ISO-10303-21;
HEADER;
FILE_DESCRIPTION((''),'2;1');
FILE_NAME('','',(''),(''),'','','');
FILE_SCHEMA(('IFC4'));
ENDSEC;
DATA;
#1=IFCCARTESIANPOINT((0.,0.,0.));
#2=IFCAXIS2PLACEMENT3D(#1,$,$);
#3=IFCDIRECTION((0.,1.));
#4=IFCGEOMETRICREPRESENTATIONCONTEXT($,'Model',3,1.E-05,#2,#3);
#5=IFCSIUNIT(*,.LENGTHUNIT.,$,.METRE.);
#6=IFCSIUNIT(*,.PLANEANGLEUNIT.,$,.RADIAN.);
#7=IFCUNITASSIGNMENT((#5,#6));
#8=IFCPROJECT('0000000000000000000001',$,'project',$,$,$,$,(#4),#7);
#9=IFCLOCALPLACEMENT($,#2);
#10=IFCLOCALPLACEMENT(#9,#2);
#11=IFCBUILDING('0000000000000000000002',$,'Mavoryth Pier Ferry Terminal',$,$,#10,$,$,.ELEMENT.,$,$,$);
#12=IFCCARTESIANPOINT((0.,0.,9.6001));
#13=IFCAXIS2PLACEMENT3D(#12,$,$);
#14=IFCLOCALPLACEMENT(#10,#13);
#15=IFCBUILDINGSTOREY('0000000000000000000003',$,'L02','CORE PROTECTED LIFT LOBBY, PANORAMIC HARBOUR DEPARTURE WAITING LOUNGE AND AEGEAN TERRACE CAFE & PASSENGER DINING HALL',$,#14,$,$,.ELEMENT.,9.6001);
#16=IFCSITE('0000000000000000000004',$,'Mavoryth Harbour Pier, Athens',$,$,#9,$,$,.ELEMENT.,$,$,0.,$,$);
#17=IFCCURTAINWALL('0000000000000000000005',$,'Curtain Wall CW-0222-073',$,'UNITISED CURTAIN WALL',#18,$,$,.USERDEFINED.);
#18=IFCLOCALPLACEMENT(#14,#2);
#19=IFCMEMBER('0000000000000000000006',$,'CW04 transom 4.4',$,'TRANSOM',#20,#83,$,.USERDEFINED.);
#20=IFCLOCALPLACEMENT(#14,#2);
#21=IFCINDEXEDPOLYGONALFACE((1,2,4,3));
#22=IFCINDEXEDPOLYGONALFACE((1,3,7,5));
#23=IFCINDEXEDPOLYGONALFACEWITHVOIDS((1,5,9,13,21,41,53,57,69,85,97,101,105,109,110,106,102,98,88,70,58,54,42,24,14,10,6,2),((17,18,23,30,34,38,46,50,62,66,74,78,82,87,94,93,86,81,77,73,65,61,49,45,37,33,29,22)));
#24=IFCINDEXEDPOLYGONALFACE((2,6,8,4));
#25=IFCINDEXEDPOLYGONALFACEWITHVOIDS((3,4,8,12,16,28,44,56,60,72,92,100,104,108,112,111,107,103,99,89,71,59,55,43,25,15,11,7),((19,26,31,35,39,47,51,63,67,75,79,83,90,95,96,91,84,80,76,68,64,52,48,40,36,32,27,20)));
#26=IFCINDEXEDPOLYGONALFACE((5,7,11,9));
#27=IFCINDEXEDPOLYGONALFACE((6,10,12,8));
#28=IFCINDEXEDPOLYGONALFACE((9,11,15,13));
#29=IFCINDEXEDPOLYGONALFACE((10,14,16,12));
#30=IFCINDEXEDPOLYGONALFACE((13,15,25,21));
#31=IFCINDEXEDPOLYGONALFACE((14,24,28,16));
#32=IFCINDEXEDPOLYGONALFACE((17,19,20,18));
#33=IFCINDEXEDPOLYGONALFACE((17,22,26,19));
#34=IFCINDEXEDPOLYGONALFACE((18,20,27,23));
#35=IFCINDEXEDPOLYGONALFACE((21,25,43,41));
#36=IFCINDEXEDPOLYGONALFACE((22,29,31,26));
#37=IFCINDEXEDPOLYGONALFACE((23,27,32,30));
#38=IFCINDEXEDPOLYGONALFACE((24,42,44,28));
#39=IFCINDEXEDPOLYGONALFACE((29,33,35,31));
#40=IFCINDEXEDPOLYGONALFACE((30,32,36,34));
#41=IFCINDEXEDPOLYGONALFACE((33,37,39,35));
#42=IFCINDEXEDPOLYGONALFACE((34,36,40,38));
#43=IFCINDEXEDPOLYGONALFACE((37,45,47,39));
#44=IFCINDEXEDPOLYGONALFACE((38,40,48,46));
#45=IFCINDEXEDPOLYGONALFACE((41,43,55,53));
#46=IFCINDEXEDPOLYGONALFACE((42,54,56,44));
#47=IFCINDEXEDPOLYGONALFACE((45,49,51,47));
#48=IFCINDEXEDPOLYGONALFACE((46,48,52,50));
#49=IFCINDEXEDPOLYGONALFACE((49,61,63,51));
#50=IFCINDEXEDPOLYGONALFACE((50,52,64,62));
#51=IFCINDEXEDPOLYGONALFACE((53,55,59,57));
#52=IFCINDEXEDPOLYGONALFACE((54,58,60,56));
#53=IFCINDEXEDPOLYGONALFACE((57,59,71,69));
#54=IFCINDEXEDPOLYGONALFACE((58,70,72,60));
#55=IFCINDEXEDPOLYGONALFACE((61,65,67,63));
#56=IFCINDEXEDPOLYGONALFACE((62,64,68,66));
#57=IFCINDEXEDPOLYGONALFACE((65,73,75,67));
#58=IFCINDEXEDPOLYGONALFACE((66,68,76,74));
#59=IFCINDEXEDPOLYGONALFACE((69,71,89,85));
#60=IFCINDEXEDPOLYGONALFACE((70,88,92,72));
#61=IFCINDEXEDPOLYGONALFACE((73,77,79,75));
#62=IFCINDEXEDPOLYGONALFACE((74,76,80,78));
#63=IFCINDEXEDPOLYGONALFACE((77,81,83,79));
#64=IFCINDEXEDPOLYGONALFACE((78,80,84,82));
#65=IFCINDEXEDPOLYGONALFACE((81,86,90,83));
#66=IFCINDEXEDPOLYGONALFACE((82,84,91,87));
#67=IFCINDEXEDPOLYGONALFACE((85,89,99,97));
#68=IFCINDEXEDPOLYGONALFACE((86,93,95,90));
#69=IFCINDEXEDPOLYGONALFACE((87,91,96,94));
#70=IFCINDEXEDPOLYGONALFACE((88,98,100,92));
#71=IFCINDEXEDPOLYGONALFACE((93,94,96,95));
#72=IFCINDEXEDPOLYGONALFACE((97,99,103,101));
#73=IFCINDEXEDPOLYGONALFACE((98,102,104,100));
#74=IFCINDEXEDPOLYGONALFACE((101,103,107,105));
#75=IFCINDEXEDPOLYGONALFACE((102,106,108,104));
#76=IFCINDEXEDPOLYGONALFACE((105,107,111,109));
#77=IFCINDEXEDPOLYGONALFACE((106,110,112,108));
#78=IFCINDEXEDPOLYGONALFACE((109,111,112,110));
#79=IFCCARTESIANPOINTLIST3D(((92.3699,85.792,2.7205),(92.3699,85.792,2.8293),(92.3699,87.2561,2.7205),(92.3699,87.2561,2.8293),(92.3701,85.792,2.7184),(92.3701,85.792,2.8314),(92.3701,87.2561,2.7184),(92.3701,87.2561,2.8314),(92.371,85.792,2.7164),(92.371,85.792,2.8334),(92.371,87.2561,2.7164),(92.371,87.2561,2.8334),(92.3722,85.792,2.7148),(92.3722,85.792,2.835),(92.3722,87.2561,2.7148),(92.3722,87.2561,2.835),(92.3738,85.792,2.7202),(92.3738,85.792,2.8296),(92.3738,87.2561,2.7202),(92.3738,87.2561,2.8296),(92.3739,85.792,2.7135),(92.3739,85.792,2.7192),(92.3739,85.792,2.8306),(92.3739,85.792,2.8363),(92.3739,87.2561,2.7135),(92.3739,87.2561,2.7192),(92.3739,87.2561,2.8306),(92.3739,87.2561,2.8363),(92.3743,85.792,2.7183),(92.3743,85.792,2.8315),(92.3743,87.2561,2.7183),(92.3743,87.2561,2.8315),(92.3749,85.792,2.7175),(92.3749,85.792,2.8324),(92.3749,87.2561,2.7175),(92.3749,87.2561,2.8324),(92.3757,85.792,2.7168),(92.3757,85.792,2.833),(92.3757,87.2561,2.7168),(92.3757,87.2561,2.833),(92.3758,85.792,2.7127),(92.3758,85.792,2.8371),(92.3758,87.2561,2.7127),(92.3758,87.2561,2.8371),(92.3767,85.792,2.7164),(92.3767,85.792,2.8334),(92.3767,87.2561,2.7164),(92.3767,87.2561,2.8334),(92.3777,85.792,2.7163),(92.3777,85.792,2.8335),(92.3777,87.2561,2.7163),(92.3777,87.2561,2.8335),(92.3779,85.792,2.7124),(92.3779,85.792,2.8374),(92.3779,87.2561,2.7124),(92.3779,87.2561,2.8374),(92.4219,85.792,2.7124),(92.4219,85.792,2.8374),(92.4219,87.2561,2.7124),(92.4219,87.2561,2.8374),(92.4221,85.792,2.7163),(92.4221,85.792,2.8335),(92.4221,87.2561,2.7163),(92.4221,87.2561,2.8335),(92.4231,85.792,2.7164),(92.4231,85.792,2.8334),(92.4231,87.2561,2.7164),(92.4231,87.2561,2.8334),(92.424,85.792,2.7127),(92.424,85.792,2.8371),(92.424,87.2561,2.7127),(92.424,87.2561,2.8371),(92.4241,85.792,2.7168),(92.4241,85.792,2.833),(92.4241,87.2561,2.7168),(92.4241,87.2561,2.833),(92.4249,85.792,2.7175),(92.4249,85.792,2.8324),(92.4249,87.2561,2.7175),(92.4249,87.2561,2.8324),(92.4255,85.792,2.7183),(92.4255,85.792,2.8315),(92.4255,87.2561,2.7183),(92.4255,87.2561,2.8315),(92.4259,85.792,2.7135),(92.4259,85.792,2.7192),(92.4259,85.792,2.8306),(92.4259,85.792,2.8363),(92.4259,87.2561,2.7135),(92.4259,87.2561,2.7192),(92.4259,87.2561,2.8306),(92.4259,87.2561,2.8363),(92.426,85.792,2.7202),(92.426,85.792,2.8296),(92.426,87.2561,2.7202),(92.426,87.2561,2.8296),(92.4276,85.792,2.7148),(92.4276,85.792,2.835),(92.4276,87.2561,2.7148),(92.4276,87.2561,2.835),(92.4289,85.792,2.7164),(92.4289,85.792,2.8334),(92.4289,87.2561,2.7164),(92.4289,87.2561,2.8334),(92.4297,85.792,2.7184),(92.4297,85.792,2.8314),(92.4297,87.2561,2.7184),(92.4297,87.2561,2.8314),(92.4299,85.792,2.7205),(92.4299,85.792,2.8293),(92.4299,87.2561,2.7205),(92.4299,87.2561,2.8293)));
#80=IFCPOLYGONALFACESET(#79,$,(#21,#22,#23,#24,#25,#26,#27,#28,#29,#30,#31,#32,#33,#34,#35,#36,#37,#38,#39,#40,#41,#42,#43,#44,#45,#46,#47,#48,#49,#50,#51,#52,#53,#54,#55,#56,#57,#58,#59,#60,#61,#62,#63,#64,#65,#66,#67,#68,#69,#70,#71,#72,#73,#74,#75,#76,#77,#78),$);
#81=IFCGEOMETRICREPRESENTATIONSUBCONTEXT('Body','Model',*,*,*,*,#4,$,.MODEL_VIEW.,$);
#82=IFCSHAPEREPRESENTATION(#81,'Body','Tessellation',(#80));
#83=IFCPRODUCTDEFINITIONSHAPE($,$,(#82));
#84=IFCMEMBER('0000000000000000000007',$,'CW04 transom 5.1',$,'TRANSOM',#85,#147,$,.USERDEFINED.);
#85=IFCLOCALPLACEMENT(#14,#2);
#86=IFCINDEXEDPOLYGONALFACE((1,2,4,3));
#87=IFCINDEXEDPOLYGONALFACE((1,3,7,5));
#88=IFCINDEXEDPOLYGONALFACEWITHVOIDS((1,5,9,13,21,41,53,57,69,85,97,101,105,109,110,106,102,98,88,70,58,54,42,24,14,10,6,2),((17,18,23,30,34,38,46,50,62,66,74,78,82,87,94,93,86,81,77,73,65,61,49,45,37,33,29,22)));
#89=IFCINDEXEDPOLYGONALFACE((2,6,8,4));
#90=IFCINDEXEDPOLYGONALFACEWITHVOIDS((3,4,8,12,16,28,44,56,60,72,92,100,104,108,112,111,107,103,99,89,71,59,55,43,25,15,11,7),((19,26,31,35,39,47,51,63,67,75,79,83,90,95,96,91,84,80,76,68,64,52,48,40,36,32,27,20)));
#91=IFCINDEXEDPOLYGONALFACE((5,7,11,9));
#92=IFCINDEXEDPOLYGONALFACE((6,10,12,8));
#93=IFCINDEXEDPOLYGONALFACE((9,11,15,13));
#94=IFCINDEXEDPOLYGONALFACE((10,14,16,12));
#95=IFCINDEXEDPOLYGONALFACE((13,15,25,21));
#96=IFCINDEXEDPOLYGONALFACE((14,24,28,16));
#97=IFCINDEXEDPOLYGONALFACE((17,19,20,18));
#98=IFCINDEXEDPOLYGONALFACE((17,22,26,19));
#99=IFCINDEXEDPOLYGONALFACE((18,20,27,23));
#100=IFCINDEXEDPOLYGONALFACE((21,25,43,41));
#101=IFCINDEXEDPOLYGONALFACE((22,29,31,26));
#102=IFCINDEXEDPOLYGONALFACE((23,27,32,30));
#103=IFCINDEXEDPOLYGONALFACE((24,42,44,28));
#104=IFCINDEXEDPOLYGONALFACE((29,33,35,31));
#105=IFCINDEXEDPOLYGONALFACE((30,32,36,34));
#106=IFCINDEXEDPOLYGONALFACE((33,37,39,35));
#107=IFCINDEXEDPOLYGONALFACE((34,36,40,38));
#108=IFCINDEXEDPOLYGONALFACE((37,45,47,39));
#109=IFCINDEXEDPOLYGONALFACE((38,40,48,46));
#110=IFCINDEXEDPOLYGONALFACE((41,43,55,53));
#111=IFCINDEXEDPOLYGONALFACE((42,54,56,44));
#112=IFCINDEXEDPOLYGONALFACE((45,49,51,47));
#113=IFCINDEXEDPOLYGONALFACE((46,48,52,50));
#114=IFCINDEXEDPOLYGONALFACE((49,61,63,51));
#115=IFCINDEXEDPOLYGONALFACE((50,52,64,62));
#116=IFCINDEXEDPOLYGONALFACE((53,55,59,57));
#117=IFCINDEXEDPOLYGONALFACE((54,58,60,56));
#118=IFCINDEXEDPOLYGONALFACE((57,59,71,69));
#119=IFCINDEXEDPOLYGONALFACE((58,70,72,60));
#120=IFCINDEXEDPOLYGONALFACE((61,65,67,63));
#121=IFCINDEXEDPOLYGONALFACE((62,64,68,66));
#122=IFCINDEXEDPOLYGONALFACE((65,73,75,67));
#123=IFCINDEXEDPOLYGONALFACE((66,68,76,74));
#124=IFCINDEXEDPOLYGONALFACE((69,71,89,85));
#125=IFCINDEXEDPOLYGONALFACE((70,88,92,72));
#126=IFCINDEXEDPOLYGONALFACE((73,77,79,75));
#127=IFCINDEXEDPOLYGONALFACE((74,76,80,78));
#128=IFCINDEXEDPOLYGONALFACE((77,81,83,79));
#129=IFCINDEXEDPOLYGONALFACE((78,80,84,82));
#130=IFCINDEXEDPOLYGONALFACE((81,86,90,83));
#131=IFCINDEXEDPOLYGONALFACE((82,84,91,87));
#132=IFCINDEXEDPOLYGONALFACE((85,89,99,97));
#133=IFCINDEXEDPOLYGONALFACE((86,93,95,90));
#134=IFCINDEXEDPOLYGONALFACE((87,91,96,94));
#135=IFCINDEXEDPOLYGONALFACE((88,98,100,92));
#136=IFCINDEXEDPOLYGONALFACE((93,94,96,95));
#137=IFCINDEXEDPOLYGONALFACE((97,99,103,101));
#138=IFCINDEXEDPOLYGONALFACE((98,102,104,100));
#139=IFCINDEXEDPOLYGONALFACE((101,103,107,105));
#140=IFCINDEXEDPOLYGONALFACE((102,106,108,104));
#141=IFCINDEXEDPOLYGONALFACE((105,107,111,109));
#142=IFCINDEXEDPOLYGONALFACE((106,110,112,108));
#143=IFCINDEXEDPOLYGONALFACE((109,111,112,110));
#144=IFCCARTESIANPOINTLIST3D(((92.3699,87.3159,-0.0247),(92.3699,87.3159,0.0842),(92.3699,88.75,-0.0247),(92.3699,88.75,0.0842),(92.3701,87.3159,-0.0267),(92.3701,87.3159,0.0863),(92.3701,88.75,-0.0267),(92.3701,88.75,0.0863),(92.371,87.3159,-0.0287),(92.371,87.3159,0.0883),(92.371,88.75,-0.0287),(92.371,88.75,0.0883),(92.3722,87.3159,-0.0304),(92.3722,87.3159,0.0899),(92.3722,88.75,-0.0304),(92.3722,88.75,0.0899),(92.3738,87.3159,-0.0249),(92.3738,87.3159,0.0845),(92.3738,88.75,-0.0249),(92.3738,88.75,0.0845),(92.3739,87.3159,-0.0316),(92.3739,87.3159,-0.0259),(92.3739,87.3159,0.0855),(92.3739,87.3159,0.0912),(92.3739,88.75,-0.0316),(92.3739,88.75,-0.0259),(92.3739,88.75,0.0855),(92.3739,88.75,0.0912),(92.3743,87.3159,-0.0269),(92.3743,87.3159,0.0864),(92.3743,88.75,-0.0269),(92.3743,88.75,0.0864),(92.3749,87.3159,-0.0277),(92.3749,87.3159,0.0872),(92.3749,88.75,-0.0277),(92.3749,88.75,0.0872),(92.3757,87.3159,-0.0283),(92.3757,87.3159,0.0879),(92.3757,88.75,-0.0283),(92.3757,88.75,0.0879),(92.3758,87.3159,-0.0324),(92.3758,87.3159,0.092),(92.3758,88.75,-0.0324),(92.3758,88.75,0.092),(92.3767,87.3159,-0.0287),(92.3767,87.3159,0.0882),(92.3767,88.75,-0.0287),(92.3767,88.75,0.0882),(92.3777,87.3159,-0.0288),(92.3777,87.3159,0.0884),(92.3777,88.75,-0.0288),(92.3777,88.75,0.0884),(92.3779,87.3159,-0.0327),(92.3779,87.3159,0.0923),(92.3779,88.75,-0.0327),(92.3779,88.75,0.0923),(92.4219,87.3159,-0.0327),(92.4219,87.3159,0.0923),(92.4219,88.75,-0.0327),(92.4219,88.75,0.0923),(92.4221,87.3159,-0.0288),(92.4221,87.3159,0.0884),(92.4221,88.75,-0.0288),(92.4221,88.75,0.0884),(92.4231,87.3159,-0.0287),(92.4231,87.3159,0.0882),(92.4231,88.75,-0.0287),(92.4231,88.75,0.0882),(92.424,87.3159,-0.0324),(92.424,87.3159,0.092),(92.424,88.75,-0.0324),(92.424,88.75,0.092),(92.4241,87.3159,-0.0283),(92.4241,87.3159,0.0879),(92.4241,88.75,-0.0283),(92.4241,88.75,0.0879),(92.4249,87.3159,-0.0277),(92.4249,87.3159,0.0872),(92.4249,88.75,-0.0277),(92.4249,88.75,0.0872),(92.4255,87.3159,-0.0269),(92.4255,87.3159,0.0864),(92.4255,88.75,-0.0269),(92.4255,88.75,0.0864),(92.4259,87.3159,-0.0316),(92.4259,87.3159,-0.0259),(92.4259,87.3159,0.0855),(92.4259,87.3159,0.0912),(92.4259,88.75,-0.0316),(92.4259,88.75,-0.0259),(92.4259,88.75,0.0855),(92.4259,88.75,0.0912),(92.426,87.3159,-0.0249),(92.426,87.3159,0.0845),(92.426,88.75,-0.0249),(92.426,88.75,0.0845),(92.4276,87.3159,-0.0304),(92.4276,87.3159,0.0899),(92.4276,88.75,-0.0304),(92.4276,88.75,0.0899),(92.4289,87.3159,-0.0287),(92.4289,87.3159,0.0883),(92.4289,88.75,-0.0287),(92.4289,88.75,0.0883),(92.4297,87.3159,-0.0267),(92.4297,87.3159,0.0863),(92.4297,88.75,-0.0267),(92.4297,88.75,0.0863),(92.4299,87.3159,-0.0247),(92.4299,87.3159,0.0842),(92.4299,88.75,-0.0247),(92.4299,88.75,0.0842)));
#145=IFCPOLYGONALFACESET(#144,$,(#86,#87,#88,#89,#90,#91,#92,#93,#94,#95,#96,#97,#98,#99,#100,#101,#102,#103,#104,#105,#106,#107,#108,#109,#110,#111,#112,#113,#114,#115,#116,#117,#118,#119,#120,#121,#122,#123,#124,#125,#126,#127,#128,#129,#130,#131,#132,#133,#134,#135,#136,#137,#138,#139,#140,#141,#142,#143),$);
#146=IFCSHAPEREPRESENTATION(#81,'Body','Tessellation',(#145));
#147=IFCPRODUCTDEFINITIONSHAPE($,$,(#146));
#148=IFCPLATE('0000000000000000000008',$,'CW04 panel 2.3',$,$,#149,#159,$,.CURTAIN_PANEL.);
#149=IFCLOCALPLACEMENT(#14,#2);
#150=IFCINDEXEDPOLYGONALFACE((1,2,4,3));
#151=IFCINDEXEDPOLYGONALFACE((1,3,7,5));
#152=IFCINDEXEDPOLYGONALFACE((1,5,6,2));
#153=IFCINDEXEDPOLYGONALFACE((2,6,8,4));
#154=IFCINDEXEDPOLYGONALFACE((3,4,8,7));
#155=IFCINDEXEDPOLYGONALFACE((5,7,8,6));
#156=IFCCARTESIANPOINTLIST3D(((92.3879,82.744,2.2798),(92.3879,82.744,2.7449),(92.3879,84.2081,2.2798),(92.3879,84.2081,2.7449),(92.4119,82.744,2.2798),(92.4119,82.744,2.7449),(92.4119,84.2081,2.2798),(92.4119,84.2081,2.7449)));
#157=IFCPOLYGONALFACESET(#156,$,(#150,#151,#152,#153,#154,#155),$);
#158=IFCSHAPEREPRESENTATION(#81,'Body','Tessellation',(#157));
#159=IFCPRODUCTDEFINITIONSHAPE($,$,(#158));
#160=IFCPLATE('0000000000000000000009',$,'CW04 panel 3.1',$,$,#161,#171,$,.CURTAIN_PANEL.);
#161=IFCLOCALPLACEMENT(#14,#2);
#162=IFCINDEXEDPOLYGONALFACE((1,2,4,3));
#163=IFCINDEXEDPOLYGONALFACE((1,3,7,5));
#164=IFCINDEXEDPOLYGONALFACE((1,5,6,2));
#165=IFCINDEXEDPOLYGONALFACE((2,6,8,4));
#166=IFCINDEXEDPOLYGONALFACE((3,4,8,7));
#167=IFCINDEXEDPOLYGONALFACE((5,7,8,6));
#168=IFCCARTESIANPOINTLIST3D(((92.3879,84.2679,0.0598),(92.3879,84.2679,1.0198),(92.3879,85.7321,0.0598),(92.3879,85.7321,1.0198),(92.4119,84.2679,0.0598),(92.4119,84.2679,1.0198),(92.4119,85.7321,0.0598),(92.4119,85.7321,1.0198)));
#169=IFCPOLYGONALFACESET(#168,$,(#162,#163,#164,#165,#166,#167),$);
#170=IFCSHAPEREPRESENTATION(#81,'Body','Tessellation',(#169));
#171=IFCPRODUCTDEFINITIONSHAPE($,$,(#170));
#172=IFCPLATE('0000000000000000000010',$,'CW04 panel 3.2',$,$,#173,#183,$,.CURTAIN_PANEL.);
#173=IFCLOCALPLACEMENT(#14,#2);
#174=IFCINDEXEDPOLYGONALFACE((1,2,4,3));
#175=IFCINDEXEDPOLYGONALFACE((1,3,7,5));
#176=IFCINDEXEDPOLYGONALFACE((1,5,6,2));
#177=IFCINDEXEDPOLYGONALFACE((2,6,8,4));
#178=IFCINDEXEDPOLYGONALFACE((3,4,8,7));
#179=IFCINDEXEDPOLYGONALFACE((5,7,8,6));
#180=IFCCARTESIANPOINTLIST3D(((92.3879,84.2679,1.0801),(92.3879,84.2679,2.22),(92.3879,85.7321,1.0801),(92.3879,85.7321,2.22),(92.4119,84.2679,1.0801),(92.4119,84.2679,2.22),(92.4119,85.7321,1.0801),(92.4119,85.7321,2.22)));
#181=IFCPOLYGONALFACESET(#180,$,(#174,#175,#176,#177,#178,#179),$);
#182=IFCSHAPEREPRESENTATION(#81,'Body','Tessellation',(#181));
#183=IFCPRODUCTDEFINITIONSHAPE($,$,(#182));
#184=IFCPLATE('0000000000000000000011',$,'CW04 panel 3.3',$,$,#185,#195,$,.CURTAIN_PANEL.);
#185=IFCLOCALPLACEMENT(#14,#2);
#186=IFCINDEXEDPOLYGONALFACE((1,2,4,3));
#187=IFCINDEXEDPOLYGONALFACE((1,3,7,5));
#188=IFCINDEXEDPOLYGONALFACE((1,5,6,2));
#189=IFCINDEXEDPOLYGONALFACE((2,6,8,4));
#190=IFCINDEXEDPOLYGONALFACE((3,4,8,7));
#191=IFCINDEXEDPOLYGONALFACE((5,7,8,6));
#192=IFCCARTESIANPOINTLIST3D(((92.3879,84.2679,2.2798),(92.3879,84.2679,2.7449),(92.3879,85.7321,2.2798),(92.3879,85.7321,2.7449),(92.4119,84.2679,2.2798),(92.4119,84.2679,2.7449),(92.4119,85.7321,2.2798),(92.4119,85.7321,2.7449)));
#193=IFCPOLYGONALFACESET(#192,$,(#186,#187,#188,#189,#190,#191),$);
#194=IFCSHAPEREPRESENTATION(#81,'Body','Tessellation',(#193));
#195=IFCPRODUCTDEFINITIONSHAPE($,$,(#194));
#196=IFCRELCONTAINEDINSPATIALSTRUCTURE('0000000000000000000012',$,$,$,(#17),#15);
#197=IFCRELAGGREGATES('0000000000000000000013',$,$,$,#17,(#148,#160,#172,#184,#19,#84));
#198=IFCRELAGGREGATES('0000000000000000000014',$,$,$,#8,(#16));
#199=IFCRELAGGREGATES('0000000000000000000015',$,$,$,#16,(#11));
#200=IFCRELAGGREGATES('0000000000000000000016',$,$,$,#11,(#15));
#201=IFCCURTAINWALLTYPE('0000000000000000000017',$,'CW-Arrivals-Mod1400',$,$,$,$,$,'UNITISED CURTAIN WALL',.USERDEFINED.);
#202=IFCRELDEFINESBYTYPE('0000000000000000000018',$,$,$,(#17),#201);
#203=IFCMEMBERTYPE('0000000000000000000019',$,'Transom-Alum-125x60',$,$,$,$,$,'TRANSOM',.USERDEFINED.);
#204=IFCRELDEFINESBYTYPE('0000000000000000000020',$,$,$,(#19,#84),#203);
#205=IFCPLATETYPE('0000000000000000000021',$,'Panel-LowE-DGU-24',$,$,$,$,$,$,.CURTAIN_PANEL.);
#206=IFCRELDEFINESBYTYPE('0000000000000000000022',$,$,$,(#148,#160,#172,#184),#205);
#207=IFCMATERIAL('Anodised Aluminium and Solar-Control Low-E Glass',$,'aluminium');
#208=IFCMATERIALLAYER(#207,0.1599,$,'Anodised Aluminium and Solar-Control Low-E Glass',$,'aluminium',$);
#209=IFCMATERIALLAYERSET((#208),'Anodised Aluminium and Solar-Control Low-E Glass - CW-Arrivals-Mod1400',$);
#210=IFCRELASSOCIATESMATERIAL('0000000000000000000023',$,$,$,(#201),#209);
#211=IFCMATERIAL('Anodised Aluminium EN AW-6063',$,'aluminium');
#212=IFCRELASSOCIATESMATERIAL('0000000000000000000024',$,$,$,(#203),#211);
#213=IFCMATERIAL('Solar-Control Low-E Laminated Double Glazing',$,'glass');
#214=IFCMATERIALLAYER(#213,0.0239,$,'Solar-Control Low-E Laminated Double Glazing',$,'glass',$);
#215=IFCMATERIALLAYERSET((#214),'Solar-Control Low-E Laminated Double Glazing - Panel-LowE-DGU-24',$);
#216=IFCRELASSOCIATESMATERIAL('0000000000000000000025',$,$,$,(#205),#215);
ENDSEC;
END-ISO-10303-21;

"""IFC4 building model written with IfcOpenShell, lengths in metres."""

from ifc_helpers import new_model, si_unit, direction, frame, origin, origin_2d, place, context, subcontext, project, spatial, rectangle, hollow_rectangle, extrude, material, layer, layer_set, material_profile, profile_set, type_object, element, aggregate, save


model = new_model("IFC4")

# Units and contexts
model_context = context("Model", 3, precision=1e-05, world=origin(), true_north=direction((0.0, 1.0)))
body_context = subcontext(model_context, "Body", "Model", "MODEL_VIEW")
ifc_project = project(units=[si_unit("LENGTHUNIT", "METRE"), si_unit("PLANEANGLEUNIT", "RADIAN")], contexts=[model_context])

# Site, building, storey
site_placement = place(None, origin())
site = spatial("IfcSite", under=ifc_project, at=site_placement, Name="Mavoryth Harbour Pier, Athens", CompositionType="ELEMENT", RefElevation=0.0)
building_placement = place(site_placement, origin())
building = spatial("IfcBuilding", under=site, at=building_placement, Name="Mavoryth Pier Ferry Terminal", CompositionType="ELEMENT")
storey_placement = place(building_placement, frame((0.0, 0.0, 9.6001)))
storey = spatial("IfcBuildingStorey", under=building, at=storey_placement, Name="L02", Description="CORE PROTECTED LIFT LOBBY, PANORAMIC HARBOUR DEPARTURE WAITING LOUNGE AND AEGEAN TERRACE CAFE & PASSENGER DINING HALL", CompositionType="ELEMENT", Elevation=9.6001)

# Curtain wall, members, plates
ifc_material_1 = material(Name="Anodised Aluminium and Solar-Control Low-E Glass", Category="aluminium")
ifc_layer_1 = layer(ifc_material_1, 0.1599, Name="Anodised Aluminium and Solar-Control Low-E Glass", Category="aluminium")
ifc_layer_set_1 = layer_set([ifc_layer_1], Name="Anodised Aluminium and Solar-Control Low-E Glass - CW-Arrivals-Mod1400")
curtain_wall_type = type_object("IfcCurtainWallType", Name="CW-Arrivals-Mod1400", ElementType="UNITISED CURTAIN WALL", PredefinedType="USERDEFINED", material=ifc_layer_set_1)
curtain_wall_placement = place(storey_placement, origin())
curtain_wall = element("IfcCurtainWall", 1, at=curtain_wall_placement, inside=storey, type_object=curtain_wall_type, Name="Curtain Wall CW-0222-073", ObjectType="UNITISED CURTAIN WALL", PredefinedType="USERDEFINED")
ifc_material_2 = material(Name="Anodised Aluminium EN AW-6063", Category="aluminium")
ifc_material_profile_1 = material_profile(ifc_material_2, hollow_rectangle(XDim=0.0601, YDim=0.125, WallThickness=0.0039, InnerFilletRadius=0.0039, OuterFilletRadius=0.0081, at=origin_2d()), Name="AL-TRAN 125x60x4", Category="aluminium")
ifc_profile_set_1 = profile_set([ifc_material_profile_1], Name="Anodised Aluminium EN AW-6063 - AL-TRAN 125x60x4")
member_type_1 = type_object("IfcMemberType", Name="Transom-Alum-125x60", ElementType="TRANSOM", PredefinedType="USERDEFINED", material=ifc_profile_set_1)
member_1_placement = place(storey_placement, frame((92.3999, 85.792, 2.7749), z_axis=(0.0, 1.0, 0.0), x_axis=(-1.0, 0.0, 0.0)))
member_1 = element("IfcMember", 2, at=member_1_placement, type_object=member_type_1, Name="CW04 transom 4.4", ObjectType="TRANSOM", PredefinedType="USERDEFINED", context=body_context, shape_type="SweptSolid", body=[
    extrude(hollow_rectangle(XDim=0.0601, YDim=0.125, WallThickness=0.0039, InnerFilletRadius=0.0039, OuterFilletRadius=0.0081, at=origin_2d()), origin(), (0.0, 0.0, 1.0), 1.4641),
])
member_2_placement = place(storey_placement, frame((92.3999, 87.3159, 0.0298), z_axis=(0.0, 1.0, 0.0), x_axis=(-1.0, 0.0, 0.0)))
member_2 = element("IfcMember", 3, at=member_2_placement, type_object=member_type_1, Name="CW04 transom 5.1", ObjectType="TRANSOM", PredefinedType="USERDEFINED", context=body_context, shape_type="SweptSolid", body=[
    extrude(hollow_rectangle(XDim=0.0601, YDim=0.125, WallThickness=0.0039, InnerFilletRadius=0.0039, OuterFilletRadius=0.0081, at=origin_2d()), origin(), (0.0, 0.0, 1.0), 1.4341),
])
ifc_material_3 = material(Name="Solar-Control Low-E Laminated Double Glazing", Category="glass")
ifc_layer_2 = layer(ifc_material_3, 0.0239, Name="Solar-Control Low-E Laminated Double Glazing", Category="glass")
ifc_layer_set_2 = layer_set([ifc_layer_2], Name="Solar-Control Low-E Laminated Double Glazing - Panel-LowE-DGU-24")
plate_type = type_object("IfcPlateType", Name="Panel-LowE-DGU-24", PredefinedType="CURTAIN_PANEL", material=ifc_layer_set_2)
plate_1_placement = place(storey_placement, frame((92.3999, 83.4761, 2.2798), z_axis=(0.0, 0.0, 1.0), x_axis=(0.0, 1.0, 0.0)))
plate_1 = element("IfcPlate", 4, at=plate_1_placement, type_object=plate_type, Name="CW04 panel 2.3", PredefinedType="CURTAIN_PANEL", context=body_context, shape_type="SweptSolid", body=[
    extrude(rectangle(XDim=1.4641, YDim=0.0239, at=origin_2d()), origin(), (0.0, 0.0, 1.0), 0.4651),
])
plate_2_placement = place(storey_placement, frame((92.3999, 85.0, 0.0598), z_axis=(0.0, 0.0, 1.0), x_axis=(0.0, 1.0, 0.0)))
plate_2 = element("IfcPlate", 5, at=plate_2_placement, type_object=plate_type, Name="CW04 panel 3.1", PredefinedType="CURTAIN_PANEL", context=body_context, shape_type="SweptSolid", body=[
    extrude(rectangle(XDim=1.4641, YDim=0.0239, at=origin_2d()), origin(), (0.0, 0.0, 1.0), 0.96),
])
plate_3_placement = place(storey_placement, frame((92.3999, 85.0, 1.0801), z_axis=(0.0, 0.0, 1.0), x_axis=(0.0, 1.0, 0.0)))
plate_3 = element("IfcPlate", 6, at=plate_3_placement, type_object=plate_type, Name="CW04 panel 3.2", PredefinedType="CURTAIN_PANEL", context=body_context, shape_type="SweptSolid", body=[
    extrude(rectangle(XDim=1.4641, YDim=0.0239, at=origin_2d()), origin(), (0.0, 0.0, 1.0), 1.1399),
])
plate_4_placement = place(storey_placement, frame((92.3999, 85.0, 2.2798), z_axis=(0.0, 0.0, 1.0), x_axis=(0.0, 1.0, 0.0)))
plate_4 = element("IfcPlate", 7, at=plate_4_placement, type_object=plate_type, Name="CW04 panel 3.3", PredefinedType="CURTAIN_PANEL", context=body_context, shape_type="SweptSolid", body=[
    extrude(rectangle(XDim=1.4641, YDim=0.0239, at=origin_2d()), origin(), (0.0, 0.0, 1.0), 0.4651),
])
aggregate(curtain_wall, [plate_1, plate_2, plate_3, plate_4, member_1, member_2])

save(model, "model.ifc")
